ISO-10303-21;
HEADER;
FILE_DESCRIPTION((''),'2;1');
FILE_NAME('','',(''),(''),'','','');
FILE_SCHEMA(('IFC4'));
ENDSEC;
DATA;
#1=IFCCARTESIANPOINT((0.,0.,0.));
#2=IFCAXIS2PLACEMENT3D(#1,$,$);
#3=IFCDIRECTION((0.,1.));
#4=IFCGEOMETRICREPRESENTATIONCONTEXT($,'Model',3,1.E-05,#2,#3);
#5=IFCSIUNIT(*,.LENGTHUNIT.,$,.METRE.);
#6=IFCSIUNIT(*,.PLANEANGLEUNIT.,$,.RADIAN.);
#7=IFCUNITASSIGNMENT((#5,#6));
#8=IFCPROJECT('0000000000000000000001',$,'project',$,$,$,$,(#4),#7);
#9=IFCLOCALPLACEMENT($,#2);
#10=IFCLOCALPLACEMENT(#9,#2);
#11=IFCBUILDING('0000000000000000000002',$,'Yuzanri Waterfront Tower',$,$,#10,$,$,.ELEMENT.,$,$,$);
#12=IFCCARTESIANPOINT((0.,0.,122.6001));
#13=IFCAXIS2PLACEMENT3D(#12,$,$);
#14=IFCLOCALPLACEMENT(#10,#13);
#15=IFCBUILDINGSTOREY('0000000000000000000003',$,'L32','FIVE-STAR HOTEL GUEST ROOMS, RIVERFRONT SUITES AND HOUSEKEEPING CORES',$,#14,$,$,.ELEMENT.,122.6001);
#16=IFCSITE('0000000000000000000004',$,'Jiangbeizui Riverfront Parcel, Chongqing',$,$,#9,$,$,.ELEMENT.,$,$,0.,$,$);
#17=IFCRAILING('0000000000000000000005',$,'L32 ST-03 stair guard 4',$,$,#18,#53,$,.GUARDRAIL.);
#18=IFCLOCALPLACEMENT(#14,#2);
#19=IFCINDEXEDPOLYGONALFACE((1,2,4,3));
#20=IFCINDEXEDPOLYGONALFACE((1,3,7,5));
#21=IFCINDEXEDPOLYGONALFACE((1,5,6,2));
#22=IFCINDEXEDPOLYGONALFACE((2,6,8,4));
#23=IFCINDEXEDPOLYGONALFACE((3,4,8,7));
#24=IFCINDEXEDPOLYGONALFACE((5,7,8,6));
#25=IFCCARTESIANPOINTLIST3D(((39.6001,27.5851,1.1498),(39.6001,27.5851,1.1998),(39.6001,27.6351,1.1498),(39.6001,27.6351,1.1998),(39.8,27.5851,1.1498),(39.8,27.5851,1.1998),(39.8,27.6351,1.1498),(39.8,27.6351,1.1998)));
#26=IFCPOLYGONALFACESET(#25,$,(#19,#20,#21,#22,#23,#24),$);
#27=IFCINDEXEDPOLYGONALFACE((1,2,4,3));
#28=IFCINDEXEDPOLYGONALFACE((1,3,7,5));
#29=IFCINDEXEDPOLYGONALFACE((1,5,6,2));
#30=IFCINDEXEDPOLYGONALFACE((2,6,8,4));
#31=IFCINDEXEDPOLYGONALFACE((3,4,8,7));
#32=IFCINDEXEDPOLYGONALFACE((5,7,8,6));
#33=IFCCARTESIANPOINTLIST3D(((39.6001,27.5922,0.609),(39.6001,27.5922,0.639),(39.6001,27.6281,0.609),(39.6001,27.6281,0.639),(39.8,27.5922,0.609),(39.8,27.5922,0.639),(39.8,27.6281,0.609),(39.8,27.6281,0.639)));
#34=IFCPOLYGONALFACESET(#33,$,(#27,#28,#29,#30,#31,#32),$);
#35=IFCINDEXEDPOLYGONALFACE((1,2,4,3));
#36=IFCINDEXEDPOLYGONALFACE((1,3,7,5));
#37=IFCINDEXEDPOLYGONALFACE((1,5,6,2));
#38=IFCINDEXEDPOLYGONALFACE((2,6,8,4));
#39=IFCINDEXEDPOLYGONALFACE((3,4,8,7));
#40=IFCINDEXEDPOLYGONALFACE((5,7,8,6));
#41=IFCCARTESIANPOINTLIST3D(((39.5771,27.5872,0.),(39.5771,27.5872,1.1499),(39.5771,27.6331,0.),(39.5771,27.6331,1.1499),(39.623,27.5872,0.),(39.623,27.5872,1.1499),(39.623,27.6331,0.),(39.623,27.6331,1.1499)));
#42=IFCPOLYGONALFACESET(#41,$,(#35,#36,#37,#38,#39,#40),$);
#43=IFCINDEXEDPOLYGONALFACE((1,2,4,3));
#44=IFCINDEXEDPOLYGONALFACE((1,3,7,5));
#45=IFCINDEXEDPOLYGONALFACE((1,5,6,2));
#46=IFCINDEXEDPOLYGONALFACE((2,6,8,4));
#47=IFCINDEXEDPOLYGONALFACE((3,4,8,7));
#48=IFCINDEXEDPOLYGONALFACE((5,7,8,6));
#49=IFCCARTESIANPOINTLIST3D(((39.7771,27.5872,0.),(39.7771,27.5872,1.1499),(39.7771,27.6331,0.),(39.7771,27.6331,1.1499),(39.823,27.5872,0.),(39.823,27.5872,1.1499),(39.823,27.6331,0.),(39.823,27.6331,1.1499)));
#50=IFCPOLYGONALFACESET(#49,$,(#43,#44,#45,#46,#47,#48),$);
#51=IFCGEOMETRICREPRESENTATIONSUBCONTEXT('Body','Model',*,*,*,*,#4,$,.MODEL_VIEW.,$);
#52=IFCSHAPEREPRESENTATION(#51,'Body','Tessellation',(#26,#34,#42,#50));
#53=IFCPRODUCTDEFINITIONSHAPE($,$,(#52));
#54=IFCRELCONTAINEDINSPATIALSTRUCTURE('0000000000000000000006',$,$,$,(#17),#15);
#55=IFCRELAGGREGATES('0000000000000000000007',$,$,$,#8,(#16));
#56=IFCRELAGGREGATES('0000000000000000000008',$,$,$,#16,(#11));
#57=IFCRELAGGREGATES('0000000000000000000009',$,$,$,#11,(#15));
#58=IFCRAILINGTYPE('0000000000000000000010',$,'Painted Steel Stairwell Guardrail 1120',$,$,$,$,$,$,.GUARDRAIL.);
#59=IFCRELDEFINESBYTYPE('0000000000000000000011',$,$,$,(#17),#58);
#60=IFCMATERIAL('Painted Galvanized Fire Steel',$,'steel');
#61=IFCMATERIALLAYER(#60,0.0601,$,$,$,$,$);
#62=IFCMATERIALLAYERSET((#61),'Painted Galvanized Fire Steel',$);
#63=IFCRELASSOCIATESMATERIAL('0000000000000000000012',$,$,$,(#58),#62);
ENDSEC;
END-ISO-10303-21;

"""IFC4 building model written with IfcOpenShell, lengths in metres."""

from ifc_helpers import new_model, si_unit, direction, frame, origin, origin_2d, place, context, subcontext, project, spatial, rectangle, extrude, source, transform, mapped, material, layer, layer_set, type_object, element, save


model = new_model("IFC4")

# Units and contexts
model_context = context("Model", 3, precision=1e-05, world=origin(), true_north=direction((0.0, 1.0)))
body_context = subcontext(model_context, "Body", "Model", "MODEL_VIEW")
ifc_project = project(units=[si_unit("LENGTHUNIT", "METRE"), si_unit("PLANEANGLEUNIT", "RADIAN")], contexts=[model_context])

# Site, building, storey
site_placement = place(None, origin())
site = spatial("IfcSite", under=ifc_project, at=site_placement, Name="Jiangbeizui Riverfront Parcel, Chongqing", CompositionType="ELEMENT", RefElevation=0.0)
building_placement = place(site_placement, origin())
building = spatial("IfcBuilding", under=site, at=building_placement, Name="Yuzanri Waterfront Tower", CompositionType="ELEMENT")
storey_placement = place(building_placement, frame((0.0, 0.0, 122.6001)))
storey = spatial("IfcBuildingStorey", under=building, at=storey_placement, Name="L32", Description="FIVE-STAR HOTEL GUEST ROOMS, RIVERFRONT SUITES AND HOUSEKEEPING CORES", CompositionType="ELEMENT", Elevation=122.6001)

# Railing
ifc_material_1 = material(Name="Painted Galvanized Fire Steel", Category="steel")
ifc_layer_1 = layer(ifc_material_1, 0.0601)
ifc_layer_set_1 = layer_set([ifc_layer_1], Name="Painted Galvanized Fire Steel")
railing_type_1 = type_object("IfcRailingType", Name="Painted Steel Stairwell Guardrail 1120", PredefinedType="GUARDRAIL", material=ifc_layer_set_1)
shared_shape_1 = source(origin(), body_context, "Body", "SweptSolid", [
    extrude(rectangle(XDim=0.05, YDim=0.05, at=origin_2d()), frame((0.0, 0.0, 1.1748), z_axis=(1.0, 0.0, 0.0), x_axis=(0.0, 1.0, 0.0)), (0.0, 0.0, 1.0), 0.2),
    extrude(rectangle(XDim=0.0359, YDim=0.03, at=origin_2d()), frame((0.0, 0.0, 0.624), z_axis=(1.0, 0.0, 0.0), x_axis=(0.0, 1.0, 0.0)), (0.0, 0.0, 1.0), 0.2),
    extrude(rectangle(XDim=0.0459, YDim=0.0459, at=origin_2d()), origin(), (0.0, 0.0, 1.0), 1.1499),
    extrude(rectangle(XDim=0.0459, YDim=0.0459, at=origin_2d()), frame((0.2, 0.0, 0.0)), (0.0, 0.0, 1.0), 1.1499),
])
railing_1_placement = place(storey_placement, frame((39.6001, 27.6101, 0.0)))
element("IfcRailing", 1, at=railing_1_placement, inside=storey, type_object=railing_type_1, Name="L32 ST-03 stair guard 4", PredefinedType="GUARDRAIL", context=body_context, shape_type="MappedRepresentation", body=[
    mapped(shared_shape_1, transform((0.0, 0.0, 0.0), scale=1.0)),
])

save(model, "model.ifc")
